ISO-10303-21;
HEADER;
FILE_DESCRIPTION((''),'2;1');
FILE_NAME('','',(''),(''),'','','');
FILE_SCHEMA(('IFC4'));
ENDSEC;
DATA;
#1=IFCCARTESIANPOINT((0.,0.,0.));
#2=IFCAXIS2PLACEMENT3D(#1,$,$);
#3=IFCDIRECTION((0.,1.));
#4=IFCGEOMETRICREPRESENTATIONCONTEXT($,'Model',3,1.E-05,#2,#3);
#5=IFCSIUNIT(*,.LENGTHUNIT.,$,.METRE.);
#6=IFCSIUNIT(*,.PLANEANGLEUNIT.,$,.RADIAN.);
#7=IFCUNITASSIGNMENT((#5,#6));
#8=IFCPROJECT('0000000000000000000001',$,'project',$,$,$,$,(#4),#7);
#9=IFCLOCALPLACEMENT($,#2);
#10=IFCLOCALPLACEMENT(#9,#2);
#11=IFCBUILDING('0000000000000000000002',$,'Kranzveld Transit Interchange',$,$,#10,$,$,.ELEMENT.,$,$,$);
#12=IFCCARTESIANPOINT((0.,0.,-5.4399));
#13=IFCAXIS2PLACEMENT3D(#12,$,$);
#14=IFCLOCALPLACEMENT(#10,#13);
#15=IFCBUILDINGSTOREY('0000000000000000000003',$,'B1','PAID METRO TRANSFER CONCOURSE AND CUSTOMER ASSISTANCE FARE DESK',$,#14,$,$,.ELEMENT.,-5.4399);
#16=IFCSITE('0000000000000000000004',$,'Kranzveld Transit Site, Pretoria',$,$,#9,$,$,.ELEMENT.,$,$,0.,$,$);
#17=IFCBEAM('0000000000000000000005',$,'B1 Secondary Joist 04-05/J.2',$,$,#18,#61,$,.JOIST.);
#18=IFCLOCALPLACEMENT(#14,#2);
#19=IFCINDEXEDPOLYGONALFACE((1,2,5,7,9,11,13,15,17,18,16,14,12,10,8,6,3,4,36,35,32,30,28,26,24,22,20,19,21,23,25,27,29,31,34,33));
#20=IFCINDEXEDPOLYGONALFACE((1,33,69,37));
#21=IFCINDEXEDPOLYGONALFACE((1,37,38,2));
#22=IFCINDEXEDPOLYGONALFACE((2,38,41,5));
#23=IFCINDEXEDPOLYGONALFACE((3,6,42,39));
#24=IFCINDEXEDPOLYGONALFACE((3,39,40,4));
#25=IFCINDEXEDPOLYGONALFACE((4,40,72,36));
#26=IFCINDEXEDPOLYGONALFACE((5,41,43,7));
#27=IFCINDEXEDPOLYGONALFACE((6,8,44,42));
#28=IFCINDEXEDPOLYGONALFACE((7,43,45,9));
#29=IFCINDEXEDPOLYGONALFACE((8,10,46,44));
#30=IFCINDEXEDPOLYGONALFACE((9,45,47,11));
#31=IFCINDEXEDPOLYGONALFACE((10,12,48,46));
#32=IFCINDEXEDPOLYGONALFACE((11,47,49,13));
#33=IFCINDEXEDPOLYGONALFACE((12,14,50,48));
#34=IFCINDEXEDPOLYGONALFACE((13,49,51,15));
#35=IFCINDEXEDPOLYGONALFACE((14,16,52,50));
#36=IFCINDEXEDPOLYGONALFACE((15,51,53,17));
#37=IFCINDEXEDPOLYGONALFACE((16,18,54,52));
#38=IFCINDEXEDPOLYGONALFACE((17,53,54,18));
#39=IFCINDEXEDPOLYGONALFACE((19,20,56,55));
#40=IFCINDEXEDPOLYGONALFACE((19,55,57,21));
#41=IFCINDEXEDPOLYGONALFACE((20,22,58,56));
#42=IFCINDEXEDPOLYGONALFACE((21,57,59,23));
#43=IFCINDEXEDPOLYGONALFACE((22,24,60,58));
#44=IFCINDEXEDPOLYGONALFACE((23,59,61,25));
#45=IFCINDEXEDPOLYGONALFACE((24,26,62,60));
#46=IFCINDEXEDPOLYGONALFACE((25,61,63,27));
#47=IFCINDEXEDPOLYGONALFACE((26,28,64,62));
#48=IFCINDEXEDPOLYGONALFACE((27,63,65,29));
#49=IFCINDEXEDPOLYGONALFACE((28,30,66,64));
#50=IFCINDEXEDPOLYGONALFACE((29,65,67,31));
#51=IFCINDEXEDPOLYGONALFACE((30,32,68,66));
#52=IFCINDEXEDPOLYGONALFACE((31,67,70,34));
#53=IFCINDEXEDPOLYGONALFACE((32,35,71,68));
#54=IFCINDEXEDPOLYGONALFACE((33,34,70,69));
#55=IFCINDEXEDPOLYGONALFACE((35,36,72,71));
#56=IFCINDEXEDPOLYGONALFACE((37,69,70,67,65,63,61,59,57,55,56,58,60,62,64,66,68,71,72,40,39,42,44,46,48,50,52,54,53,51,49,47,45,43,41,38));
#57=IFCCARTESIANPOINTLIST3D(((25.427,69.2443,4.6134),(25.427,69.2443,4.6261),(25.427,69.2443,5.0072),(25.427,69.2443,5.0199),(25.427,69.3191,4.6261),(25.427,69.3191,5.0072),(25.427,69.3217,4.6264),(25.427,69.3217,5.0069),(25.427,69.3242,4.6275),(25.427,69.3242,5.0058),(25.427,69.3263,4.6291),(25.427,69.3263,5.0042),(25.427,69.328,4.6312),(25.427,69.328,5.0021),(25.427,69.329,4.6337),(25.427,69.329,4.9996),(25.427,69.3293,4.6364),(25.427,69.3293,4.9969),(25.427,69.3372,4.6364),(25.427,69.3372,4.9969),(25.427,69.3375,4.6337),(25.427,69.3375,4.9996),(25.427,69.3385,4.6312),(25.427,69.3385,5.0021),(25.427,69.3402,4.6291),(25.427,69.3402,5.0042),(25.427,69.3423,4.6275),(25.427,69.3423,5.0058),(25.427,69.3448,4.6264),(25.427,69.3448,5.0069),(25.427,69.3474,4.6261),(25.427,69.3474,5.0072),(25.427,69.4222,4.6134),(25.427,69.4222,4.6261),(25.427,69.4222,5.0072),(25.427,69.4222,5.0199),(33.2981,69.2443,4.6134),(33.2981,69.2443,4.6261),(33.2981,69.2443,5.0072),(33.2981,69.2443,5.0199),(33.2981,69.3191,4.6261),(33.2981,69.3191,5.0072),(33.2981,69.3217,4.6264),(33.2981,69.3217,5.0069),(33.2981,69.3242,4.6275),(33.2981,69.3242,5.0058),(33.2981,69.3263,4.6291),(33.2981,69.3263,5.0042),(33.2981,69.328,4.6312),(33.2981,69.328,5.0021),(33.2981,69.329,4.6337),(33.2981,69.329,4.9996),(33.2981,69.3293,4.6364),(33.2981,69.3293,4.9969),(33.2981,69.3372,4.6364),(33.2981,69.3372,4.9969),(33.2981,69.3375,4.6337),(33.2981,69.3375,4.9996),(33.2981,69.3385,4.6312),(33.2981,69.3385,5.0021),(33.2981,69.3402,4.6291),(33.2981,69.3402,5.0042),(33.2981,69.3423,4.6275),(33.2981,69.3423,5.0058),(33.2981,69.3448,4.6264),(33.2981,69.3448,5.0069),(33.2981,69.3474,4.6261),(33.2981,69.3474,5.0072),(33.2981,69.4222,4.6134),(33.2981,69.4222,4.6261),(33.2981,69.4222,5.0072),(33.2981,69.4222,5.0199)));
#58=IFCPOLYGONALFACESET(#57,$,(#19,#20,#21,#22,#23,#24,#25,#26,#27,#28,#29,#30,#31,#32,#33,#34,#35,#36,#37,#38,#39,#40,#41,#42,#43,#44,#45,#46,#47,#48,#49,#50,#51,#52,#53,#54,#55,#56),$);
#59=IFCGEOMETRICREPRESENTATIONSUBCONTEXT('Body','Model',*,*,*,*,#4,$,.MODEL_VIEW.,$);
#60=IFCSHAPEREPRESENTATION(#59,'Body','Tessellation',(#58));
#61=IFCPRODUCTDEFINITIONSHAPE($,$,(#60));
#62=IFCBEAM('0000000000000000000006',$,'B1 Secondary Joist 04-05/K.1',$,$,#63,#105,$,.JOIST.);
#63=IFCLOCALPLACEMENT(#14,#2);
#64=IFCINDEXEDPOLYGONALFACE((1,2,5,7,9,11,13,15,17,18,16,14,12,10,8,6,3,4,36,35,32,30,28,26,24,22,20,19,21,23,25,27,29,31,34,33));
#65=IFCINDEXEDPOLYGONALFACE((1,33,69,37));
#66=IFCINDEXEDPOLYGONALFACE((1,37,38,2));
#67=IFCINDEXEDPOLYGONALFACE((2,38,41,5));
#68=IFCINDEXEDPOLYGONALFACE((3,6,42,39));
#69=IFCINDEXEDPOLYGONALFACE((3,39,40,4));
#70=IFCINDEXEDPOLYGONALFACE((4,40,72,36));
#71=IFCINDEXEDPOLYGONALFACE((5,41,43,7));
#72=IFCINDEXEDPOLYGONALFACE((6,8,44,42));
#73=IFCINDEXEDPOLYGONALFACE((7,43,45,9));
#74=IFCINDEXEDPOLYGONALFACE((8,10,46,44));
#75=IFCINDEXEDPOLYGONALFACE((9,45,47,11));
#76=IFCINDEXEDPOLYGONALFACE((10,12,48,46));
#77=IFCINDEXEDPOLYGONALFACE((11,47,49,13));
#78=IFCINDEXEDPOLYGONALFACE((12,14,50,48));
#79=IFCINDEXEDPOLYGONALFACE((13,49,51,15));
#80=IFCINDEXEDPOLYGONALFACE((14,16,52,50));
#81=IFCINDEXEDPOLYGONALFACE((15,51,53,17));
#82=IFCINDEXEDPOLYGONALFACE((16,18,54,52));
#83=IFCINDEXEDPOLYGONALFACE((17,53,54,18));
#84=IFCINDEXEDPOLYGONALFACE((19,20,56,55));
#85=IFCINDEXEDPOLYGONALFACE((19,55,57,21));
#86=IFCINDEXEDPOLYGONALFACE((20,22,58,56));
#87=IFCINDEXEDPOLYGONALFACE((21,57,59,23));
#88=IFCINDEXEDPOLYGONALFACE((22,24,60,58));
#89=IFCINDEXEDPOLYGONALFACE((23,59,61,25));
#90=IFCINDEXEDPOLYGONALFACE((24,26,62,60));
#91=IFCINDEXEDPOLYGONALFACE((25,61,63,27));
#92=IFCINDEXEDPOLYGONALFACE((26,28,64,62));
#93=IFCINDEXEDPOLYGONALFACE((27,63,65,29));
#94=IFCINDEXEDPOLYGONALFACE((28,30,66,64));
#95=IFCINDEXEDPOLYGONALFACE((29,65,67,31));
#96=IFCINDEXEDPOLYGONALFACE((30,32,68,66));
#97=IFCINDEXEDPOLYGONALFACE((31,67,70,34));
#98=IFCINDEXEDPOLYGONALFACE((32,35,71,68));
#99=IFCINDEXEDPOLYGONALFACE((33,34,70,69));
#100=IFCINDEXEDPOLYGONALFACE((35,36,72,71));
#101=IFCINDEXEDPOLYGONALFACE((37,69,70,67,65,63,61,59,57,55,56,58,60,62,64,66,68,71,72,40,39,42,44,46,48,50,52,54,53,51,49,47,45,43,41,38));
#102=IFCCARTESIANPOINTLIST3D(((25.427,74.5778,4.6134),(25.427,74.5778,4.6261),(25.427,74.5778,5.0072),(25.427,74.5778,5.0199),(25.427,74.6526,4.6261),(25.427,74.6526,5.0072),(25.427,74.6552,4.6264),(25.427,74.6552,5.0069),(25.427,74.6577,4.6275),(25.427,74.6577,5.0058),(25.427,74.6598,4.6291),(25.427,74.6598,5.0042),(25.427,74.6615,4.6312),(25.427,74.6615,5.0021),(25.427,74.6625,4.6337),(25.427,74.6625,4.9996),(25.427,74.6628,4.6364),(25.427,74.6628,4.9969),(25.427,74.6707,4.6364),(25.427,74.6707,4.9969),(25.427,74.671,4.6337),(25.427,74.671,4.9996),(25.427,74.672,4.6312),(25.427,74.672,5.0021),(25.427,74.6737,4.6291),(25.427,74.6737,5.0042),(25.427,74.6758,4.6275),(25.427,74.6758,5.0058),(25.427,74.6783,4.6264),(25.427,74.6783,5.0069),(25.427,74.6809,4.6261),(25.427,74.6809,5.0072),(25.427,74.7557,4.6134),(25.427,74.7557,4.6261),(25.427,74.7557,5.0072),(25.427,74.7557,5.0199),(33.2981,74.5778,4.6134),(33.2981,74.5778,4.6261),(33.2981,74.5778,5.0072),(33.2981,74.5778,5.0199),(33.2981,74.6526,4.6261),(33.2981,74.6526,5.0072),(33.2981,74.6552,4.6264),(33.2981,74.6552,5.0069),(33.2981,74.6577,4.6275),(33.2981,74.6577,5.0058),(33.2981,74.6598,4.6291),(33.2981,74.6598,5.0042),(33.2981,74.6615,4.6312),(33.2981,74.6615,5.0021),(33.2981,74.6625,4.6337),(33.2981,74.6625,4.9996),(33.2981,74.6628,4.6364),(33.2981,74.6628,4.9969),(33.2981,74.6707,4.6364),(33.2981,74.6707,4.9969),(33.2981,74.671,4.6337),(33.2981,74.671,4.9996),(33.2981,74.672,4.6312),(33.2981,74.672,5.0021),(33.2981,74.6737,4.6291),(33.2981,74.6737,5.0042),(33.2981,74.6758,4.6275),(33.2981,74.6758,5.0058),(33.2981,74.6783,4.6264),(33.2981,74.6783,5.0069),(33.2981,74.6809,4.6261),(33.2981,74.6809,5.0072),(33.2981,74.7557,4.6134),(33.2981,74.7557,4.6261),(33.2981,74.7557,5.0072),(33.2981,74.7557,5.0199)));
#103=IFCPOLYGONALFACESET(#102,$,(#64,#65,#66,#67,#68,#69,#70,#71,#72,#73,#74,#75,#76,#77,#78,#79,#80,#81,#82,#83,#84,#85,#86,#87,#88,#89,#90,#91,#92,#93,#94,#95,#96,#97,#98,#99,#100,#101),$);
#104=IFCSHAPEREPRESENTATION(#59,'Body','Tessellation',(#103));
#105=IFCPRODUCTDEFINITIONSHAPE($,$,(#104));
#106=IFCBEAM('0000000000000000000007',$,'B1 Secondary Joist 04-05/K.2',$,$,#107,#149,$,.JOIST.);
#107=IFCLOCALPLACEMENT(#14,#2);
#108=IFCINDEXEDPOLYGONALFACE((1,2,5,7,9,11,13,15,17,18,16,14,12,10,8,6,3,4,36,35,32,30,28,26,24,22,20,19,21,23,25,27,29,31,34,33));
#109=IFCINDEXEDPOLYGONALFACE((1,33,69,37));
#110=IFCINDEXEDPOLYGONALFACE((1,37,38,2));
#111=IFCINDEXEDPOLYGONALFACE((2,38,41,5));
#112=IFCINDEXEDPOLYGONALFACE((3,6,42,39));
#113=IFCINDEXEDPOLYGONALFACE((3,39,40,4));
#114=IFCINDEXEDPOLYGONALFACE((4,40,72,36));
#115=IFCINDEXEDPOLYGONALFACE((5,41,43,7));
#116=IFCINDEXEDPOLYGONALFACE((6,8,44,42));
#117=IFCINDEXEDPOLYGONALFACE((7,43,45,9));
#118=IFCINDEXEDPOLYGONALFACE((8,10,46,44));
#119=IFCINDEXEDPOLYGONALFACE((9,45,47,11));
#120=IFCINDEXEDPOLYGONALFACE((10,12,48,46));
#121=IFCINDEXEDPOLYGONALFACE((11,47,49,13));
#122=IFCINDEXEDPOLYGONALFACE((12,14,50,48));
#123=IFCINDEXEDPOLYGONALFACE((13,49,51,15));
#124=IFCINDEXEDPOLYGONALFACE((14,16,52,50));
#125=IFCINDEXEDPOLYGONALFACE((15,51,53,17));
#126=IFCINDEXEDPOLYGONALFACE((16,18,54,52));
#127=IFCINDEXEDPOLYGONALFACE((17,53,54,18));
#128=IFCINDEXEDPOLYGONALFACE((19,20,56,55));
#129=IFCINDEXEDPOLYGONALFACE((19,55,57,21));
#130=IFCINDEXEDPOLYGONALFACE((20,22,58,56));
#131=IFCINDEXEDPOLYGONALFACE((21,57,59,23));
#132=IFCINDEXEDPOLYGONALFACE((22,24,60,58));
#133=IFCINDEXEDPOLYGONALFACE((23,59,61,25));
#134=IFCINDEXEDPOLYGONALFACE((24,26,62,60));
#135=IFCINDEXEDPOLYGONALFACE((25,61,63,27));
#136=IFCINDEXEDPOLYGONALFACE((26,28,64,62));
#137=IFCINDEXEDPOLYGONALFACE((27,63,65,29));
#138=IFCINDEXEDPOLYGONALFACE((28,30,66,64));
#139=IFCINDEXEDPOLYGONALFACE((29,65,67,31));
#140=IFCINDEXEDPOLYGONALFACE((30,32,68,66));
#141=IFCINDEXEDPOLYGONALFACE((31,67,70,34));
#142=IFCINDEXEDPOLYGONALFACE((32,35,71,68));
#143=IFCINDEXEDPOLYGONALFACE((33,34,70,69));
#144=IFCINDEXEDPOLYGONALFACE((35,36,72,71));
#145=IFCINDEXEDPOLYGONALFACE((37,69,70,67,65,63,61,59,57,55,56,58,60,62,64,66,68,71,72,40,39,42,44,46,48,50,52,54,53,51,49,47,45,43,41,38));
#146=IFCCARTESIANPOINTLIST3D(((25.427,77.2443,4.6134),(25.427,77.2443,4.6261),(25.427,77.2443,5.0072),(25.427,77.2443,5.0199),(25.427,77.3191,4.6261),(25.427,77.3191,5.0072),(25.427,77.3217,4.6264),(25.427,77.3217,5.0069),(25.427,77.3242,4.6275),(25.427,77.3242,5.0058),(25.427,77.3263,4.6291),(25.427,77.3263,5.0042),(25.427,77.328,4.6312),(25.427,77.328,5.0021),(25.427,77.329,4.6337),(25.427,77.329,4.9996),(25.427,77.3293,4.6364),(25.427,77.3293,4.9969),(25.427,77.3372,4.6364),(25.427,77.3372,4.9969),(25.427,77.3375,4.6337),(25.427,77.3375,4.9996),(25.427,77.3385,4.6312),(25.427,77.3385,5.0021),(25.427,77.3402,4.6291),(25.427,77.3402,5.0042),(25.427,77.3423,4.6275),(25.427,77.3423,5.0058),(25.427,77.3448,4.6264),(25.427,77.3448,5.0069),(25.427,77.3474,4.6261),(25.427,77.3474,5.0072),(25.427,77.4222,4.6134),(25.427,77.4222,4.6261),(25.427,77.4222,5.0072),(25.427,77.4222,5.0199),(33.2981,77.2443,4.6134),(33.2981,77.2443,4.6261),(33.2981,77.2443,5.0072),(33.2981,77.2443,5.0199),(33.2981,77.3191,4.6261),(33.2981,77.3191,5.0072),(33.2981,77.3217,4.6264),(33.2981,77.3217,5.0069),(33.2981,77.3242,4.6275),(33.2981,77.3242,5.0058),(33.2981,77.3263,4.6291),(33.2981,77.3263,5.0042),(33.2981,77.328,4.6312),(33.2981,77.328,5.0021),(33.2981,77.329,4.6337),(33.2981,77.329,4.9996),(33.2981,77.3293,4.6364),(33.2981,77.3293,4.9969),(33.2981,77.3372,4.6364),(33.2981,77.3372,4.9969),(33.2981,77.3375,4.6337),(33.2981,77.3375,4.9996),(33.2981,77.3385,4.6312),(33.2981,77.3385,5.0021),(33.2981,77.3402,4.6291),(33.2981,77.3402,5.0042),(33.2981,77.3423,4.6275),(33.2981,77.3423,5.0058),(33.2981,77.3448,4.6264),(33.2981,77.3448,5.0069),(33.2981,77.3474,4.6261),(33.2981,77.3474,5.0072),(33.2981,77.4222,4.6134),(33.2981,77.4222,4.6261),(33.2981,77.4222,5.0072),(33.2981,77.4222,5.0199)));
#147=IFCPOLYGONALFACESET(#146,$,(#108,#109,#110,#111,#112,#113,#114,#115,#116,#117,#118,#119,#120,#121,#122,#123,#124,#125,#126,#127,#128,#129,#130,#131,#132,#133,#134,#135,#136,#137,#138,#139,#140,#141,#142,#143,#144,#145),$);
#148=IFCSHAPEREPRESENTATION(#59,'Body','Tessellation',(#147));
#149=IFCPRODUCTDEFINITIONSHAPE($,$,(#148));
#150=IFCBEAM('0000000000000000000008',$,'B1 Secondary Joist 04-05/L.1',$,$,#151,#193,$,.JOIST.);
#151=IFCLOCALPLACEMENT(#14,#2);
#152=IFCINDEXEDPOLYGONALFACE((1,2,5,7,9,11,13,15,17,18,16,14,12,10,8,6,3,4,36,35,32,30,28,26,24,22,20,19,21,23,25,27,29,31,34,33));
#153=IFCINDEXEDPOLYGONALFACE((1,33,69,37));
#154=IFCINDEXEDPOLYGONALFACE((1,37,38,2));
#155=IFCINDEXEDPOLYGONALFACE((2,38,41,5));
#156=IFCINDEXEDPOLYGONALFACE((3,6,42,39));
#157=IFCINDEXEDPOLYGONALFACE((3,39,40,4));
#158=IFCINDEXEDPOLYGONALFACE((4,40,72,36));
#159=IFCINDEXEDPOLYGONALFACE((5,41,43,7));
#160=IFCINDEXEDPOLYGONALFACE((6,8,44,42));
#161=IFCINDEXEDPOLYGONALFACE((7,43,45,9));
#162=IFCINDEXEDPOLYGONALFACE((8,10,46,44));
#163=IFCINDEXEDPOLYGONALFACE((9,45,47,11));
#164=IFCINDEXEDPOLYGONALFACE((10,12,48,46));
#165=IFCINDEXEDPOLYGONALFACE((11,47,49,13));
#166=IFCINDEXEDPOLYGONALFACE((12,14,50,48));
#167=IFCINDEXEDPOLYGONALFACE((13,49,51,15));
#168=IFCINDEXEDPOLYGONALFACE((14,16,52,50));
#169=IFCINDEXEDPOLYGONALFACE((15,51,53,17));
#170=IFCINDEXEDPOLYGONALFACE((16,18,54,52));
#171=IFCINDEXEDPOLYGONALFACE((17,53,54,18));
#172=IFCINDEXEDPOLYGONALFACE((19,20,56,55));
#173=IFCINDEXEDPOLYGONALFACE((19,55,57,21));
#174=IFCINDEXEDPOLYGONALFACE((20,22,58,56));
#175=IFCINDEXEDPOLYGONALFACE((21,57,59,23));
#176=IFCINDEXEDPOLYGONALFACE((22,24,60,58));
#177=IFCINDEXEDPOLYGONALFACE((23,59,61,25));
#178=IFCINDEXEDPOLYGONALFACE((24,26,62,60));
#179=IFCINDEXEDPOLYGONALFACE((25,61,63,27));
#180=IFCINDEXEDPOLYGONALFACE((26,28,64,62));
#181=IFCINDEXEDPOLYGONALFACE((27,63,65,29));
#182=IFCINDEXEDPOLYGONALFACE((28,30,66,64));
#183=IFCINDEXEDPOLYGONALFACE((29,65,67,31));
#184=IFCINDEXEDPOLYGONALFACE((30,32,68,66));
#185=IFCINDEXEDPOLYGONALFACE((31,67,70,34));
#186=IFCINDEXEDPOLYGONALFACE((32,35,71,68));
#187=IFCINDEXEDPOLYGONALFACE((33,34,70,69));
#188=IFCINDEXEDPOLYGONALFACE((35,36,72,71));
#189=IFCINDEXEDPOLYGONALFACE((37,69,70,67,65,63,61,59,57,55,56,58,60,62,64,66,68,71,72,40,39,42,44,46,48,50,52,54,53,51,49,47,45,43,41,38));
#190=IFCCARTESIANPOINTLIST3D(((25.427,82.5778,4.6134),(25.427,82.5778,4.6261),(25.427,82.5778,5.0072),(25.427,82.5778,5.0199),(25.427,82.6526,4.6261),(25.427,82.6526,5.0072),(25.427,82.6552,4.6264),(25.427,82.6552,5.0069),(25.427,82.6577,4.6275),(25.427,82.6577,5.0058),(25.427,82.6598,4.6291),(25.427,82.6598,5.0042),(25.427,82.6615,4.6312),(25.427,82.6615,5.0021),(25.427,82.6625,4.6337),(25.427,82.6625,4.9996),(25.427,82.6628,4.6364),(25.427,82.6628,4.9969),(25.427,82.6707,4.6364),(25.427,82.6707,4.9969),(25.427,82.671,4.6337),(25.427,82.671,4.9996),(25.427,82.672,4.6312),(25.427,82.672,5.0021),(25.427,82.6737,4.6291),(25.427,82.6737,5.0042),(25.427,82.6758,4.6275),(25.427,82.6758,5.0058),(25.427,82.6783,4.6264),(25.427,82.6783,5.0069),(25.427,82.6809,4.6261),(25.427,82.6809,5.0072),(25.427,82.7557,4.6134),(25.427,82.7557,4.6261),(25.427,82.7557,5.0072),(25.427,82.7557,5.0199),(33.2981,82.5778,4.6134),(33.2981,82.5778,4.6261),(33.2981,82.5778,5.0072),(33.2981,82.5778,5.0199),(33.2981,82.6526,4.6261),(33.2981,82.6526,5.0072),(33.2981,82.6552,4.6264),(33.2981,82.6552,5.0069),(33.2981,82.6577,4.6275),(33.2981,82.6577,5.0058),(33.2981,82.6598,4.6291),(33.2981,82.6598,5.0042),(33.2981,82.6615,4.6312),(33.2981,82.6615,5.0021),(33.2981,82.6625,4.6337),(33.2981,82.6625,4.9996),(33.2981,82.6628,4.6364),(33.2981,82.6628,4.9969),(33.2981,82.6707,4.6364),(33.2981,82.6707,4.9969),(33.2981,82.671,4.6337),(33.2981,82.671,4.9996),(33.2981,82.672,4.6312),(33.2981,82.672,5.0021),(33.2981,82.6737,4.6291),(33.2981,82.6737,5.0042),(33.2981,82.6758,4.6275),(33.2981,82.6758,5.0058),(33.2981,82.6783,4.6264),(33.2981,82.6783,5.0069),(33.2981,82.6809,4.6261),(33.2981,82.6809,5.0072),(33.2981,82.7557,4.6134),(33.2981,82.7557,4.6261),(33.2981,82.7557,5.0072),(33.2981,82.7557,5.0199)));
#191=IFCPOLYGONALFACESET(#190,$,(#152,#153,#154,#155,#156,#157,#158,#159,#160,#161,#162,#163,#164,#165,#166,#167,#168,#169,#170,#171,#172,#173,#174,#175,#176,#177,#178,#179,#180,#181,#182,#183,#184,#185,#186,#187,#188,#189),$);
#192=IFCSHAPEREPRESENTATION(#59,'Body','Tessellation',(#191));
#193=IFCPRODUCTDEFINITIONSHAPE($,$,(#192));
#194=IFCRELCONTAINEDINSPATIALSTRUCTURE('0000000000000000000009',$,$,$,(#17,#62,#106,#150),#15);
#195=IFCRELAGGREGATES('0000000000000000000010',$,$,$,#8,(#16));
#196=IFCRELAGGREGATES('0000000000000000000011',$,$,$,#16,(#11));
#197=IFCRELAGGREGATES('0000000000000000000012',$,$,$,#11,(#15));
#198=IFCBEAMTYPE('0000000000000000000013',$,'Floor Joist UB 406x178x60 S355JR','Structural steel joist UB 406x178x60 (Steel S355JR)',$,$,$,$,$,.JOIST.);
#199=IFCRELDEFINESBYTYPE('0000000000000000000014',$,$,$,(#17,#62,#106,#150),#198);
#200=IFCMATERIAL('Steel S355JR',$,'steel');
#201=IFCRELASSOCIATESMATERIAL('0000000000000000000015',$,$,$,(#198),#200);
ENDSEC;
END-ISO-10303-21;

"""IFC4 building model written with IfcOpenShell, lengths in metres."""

from ifc_helpers import new_model, si_unit, direction, frame, origin, origin_2d, place, context, subcontext, project, spatial, i_section, extrude, material, material_profile, profile_set, type_object, element, save


model = new_model("IFC4")

# Units and contexts
model_context = context("Model", 3, precision=1e-05, world=origin(), true_north=direction((0.0, 1.0)))
body_context = subcontext(model_context, "Body", "Model", "MODEL_VIEW")
ifc_project = project(units=[si_unit("LENGTHUNIT", "METRE"), si_unit("PLANEANGLEUNIT", "RADIAN")], contexts=[model_context])

# Site, building, storey
site_placement = place(None, origin())
site = spatial("IfcSite", under=ifc_project, at=site_placement, Name="Kranzveld Transit Site, Pretoria", CompositionType="ELEMENT", RefElevation=0.0)
building_placement = place(site_placement, origin())
building = spatial("IfcBuilding", under=site, at=building_placement, Name="Kranzveld Transit Interchange", CompositionType="ELEMENT")
storey_placement = place(building_placement, frame((0.0, 0.0, -5.4399)))
storey = spatial("IfcBuildingStorey", under=building, at=storey_placement, Name="B1", Description="PAID METRO TRANSFER CONCOURSE AND CUSTOMER ASSISTANCE FARE DESK", CompositionType="ELEMENT", Elevation=-5.4399)

# Beams
ifc_material_1 = material(Name="Steel S355JR", Category="steel")
ifc_material_profile_1 = material_profile(ifc_material_1, i_section(OverallWidth=0.178, OverallDepth=0.4065, WebThickness=0.0078, FlangeThickness=0.0127, FilletRadius=0.0103, at=origin_2d()), Name="UB 406x178x60")
ifc_profile_set_1 = profile_set([ifc_material_profile_1], Name="Steel S355JR")
beam_type_1 = type_object("IfcBeamType", Name="Floor Joist UB 406x178x60 S355JR", Description="Structural steel joist UB 406x178x60 (Steel S355JR)", PredefinedType="JOIST", material=ifc_profile_set_1)
for number, where, z_axis, x_axis, name in (
    (1, (25.427, 69.3333, 4.8167), (1.0, 0.0, 0.0), (0.0, 1.0, 0.0), "B1 Secondary Joist 04-05/J.2"),
    (2, (25.427, 74.6667, 4.8167), (1.0, 0.0, 0.0), (0.0, 1.0, 0.0), "B1 Secondary Joist 04-05/K.1"),
    (3, (25.427, 77.3333, 4.8167), (1.0, 0.0, 0.0), (0.0, 1.0, 0.0), "B1 Secondary Joist 04-05/K.2"),
    (4, (25.427, 82.6667, 4.8167), (1.0, 0.0, 0.0), (0.0, 1.0, 0.0), "B1 Secondary Joist 04-05/L.1"),
):
    element("IfcBeam", number, at=place(storey_placement, frame(where, z_axis=z_axis, x_axis=x_axis)), inside=storey, type_object=beam_type_1, Name=name, PredefinedType="JOIST", context=body_context, shape_type="SweptSolid", body=[
        extrude(i_section(OverallWidth=0.178, OverallDepth=0.4065, WebThickness=0.0078, FlangeThickness=0.0127, FilletRadius=0.0103, at=origin_2d()), origin(), (0.0, 0.0, 1.0), 7.8711),
    ])

save(model, "model.ifc")
